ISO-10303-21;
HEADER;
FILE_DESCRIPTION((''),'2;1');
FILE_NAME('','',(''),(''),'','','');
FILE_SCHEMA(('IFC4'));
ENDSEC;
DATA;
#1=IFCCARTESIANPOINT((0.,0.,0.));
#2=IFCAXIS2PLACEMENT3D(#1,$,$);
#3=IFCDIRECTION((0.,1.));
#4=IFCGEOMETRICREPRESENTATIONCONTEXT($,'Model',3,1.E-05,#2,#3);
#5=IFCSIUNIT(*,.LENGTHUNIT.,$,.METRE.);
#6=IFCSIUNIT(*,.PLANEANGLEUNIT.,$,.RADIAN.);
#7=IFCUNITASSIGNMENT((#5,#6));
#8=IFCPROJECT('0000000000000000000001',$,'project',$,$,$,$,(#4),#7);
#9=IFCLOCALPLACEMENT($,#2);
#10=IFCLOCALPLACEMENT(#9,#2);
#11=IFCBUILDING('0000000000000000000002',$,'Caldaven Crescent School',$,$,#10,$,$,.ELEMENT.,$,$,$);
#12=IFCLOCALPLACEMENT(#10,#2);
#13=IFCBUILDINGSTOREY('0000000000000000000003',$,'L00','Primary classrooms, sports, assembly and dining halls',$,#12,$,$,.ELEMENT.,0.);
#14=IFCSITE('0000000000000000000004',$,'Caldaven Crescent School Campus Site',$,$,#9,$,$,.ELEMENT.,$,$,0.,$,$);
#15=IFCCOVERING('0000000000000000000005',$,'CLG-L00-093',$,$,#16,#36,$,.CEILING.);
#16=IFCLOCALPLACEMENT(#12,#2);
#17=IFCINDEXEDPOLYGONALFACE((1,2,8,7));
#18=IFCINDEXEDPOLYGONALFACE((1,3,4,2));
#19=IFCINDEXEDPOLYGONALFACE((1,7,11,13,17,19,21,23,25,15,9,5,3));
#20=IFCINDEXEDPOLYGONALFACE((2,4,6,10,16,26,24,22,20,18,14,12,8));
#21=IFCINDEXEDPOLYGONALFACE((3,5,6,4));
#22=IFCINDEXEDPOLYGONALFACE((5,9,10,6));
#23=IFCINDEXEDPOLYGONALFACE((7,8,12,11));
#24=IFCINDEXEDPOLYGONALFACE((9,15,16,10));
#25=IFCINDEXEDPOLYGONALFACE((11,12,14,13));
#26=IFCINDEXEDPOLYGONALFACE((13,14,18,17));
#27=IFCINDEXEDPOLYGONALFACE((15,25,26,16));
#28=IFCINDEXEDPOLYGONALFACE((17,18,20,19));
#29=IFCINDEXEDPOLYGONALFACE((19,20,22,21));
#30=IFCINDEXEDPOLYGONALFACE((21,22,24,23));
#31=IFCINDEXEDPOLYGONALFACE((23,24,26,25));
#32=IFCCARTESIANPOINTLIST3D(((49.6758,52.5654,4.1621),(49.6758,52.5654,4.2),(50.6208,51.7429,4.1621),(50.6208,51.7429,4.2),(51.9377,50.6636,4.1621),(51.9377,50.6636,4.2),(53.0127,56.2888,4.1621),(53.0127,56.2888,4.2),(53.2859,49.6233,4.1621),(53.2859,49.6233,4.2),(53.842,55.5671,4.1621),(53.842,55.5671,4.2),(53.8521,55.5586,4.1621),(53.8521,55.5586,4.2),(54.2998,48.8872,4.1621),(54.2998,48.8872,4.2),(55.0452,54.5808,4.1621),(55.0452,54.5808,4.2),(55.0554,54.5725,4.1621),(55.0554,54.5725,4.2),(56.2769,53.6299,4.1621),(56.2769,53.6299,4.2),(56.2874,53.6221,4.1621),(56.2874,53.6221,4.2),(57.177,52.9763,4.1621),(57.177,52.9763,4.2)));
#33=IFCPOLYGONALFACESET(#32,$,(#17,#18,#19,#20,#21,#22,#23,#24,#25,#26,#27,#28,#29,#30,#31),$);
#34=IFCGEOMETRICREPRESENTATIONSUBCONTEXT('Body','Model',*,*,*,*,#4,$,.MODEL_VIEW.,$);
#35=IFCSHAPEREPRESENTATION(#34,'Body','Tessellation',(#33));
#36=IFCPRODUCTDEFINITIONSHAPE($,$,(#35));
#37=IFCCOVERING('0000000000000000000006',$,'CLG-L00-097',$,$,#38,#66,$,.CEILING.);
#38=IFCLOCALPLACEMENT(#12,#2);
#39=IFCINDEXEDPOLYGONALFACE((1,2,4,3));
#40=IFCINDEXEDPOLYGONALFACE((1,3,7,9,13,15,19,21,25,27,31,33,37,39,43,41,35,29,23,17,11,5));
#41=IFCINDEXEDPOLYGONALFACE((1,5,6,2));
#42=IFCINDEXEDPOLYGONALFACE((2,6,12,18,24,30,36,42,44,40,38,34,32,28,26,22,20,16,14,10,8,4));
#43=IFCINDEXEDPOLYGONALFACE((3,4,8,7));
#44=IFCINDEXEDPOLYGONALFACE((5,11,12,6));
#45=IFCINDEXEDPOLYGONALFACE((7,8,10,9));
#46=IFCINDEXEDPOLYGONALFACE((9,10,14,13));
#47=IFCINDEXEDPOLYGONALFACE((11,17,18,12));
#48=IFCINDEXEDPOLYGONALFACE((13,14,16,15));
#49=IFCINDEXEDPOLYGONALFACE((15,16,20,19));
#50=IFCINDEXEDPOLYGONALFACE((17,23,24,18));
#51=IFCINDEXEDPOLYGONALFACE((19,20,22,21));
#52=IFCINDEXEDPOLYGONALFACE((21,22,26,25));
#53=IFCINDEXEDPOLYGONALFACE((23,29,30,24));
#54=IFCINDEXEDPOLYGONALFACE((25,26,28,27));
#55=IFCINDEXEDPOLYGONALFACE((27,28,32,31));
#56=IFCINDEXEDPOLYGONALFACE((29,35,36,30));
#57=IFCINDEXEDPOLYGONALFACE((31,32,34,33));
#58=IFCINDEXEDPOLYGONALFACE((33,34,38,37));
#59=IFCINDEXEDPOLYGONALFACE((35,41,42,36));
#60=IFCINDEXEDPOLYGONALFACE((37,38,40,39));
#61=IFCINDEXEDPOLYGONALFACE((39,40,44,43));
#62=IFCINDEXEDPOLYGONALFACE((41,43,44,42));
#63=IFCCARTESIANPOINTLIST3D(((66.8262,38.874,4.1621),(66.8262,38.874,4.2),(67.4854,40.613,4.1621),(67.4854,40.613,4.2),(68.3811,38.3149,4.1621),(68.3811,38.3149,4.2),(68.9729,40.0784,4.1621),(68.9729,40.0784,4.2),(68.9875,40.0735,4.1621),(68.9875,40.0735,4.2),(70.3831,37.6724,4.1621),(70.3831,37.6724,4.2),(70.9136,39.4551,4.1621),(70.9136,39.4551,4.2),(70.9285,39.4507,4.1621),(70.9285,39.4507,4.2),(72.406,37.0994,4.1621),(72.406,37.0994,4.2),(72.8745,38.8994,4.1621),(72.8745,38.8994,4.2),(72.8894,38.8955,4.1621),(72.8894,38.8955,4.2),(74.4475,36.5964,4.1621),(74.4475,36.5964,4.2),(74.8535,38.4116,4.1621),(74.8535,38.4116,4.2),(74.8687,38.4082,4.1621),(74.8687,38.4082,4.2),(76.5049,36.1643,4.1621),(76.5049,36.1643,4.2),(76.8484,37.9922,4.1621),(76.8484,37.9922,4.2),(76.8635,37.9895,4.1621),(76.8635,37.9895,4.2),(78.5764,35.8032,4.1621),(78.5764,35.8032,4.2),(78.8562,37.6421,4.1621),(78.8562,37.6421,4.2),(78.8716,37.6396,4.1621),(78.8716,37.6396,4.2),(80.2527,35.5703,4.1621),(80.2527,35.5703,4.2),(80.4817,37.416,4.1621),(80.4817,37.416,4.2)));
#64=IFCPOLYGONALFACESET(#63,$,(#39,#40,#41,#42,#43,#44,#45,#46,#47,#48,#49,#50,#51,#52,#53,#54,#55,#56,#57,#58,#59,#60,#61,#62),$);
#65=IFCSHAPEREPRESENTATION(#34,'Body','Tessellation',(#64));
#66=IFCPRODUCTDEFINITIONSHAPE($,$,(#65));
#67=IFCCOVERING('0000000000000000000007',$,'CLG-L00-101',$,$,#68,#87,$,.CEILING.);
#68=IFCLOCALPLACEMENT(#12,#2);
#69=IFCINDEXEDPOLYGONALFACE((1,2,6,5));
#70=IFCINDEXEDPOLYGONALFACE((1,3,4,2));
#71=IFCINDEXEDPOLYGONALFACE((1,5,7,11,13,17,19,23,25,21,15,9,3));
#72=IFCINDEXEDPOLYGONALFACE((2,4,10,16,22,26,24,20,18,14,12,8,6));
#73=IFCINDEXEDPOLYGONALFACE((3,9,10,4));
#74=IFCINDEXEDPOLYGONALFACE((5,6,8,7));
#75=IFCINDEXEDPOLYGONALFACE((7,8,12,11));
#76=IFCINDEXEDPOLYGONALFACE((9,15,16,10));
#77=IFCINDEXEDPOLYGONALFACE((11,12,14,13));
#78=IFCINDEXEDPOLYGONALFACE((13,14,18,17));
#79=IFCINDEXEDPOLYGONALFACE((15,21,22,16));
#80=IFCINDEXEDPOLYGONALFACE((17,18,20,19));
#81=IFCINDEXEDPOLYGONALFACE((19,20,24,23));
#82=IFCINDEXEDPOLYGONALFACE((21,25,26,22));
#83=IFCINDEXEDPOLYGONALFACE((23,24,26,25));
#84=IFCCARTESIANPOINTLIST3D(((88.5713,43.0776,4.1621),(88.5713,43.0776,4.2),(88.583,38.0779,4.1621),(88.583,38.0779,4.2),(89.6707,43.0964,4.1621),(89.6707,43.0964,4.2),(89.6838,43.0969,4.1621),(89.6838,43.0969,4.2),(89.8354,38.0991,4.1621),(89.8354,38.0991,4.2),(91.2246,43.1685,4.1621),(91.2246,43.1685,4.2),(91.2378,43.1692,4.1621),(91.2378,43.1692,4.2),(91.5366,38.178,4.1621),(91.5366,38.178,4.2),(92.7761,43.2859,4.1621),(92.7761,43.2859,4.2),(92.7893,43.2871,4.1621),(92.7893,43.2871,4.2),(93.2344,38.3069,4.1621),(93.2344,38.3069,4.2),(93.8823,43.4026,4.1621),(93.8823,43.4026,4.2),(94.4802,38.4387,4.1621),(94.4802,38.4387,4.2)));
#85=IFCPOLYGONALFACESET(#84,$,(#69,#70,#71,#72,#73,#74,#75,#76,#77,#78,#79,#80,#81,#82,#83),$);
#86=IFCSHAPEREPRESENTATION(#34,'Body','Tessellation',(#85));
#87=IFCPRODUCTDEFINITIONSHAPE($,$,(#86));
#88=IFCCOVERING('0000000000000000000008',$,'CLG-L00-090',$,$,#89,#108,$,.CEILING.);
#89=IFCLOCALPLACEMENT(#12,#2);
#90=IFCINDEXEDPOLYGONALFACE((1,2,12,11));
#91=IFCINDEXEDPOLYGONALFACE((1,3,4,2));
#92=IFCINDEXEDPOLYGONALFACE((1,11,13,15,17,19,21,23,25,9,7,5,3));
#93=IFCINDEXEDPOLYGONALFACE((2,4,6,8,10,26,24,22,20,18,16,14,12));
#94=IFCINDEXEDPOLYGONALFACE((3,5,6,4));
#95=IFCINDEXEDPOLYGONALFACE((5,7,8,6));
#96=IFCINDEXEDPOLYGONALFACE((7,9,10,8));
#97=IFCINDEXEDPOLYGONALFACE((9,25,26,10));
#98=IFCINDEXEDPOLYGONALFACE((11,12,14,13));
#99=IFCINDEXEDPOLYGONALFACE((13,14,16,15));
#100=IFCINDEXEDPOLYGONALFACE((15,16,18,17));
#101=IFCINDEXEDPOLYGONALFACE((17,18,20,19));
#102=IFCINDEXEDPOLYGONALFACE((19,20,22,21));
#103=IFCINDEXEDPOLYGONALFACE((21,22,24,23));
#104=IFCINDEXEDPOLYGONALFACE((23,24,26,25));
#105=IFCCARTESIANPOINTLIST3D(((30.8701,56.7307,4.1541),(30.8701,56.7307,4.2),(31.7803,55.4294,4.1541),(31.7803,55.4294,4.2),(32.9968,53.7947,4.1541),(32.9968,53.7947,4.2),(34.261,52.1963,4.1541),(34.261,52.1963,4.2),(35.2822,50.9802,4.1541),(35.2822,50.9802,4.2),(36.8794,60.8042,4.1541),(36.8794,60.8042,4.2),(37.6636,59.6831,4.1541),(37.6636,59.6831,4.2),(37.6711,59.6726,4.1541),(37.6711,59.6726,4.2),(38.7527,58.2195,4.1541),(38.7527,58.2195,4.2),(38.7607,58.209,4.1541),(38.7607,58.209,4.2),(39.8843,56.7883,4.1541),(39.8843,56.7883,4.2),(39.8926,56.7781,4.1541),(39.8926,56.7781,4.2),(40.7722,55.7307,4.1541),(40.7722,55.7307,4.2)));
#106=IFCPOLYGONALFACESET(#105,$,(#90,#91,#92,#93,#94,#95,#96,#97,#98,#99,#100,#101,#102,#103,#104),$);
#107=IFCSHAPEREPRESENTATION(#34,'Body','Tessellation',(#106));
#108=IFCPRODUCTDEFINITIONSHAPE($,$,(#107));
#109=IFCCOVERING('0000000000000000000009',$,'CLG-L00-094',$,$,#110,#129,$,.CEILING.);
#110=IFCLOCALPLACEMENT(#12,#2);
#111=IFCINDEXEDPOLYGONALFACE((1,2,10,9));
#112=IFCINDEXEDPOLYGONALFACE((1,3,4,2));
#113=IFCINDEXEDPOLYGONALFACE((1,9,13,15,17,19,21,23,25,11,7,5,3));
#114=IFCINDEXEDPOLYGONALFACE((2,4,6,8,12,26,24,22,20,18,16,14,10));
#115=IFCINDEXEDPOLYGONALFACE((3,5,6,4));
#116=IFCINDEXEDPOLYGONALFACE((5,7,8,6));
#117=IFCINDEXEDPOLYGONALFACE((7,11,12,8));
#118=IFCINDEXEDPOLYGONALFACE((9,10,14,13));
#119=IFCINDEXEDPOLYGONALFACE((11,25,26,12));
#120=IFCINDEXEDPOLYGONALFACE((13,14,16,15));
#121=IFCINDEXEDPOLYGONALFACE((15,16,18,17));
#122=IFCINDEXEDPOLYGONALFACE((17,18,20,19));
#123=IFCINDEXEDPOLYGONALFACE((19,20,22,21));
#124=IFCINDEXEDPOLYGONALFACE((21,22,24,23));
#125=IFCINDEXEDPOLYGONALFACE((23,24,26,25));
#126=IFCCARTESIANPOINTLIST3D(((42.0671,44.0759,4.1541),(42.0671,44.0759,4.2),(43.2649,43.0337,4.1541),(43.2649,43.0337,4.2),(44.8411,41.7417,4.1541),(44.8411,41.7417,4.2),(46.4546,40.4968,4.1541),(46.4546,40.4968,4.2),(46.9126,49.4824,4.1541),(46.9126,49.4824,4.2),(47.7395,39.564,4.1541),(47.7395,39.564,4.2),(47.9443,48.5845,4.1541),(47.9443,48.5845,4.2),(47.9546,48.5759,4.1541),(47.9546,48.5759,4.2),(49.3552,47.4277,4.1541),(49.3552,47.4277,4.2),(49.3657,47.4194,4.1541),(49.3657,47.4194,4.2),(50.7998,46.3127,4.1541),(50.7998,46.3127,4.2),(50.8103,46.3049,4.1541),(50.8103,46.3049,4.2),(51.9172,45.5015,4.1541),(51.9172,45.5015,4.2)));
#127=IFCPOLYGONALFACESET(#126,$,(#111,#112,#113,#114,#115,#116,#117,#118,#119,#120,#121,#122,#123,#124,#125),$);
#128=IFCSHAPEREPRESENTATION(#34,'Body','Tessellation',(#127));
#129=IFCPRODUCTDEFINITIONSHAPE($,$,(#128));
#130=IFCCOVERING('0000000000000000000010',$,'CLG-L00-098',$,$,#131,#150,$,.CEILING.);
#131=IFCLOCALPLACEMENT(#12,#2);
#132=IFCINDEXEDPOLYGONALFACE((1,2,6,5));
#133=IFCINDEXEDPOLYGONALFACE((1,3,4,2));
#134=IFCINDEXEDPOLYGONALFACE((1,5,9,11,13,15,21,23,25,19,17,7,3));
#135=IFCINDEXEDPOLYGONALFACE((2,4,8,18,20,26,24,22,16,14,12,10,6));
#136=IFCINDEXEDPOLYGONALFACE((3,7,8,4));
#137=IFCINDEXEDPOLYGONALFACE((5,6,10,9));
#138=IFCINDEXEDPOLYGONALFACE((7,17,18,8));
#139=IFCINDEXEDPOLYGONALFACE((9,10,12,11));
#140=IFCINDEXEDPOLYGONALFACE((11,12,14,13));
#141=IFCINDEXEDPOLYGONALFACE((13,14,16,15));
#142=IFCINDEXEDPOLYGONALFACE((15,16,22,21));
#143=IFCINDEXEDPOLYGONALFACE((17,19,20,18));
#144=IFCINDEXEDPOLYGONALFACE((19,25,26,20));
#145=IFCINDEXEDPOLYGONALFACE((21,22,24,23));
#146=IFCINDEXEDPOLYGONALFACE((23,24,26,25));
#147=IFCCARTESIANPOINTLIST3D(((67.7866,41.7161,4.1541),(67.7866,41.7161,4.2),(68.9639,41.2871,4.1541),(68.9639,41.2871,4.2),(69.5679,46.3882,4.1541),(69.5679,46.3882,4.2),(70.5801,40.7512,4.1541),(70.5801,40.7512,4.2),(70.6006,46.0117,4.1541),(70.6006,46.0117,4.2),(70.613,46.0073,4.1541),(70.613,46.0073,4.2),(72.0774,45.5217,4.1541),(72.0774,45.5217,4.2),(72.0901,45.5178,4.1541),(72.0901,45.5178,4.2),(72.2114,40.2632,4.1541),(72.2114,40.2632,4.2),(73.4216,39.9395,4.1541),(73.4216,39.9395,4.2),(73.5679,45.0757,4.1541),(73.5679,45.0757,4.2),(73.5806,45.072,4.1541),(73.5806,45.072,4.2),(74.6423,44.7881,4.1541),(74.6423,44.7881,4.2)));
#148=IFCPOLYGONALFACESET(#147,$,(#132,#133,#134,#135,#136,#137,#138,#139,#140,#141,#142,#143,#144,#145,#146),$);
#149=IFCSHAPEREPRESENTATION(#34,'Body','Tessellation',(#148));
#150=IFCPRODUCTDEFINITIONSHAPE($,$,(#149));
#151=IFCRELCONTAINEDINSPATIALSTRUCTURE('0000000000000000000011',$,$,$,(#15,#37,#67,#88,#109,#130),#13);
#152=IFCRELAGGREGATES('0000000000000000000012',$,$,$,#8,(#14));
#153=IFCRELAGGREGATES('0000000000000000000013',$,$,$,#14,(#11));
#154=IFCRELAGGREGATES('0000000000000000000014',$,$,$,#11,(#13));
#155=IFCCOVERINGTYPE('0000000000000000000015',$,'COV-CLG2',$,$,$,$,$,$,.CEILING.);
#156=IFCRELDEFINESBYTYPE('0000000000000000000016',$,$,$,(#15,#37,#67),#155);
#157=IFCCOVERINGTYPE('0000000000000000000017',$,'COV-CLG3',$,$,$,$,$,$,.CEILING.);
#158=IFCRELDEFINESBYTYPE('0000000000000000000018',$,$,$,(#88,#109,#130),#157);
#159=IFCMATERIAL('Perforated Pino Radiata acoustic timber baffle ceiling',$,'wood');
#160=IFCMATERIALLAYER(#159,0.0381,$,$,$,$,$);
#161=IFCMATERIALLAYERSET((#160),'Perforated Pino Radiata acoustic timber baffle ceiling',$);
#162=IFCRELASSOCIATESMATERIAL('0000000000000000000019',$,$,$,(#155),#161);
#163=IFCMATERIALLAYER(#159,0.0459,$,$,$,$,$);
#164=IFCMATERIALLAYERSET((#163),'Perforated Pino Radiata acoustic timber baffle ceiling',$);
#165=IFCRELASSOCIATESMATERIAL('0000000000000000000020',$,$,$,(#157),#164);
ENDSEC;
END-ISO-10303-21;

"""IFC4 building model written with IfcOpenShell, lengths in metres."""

from ifc_helpers import new_model, si_unit, direction, frame, origin, place, context, subcontext, project, spatial, polyline, outline, extrude, material, layer, layer_set, type_object, element, save


model = new_model("IFC4")

# Units and contexts
model_context = context("Model", 3, precision=1e-05, world=origin(), true_north=direction((0.0, 1.0)))
body_context = subcontext(model_context, "Body", "Model", "MODEL_VIEW")
ifc_project = project(units=[si_unit("LENGTHUNIT", "METRE"), si_unit("PLANEANGLEUNIT", "RADIAN")], contexts=[model_context])

# Site, building, storey
site_placement = place(None, origin())
site = spatial("IfcSite", under=ifc_project, at=site_placement, Name="Caldaven Crescent School Campus Site", CompositionType="ELEMENT", RefElevation=0.0)
building_placement = place(site_placement, origin())
building = spatial("IfcBuilding", under=site, at=building_placement, Name="Caldaven Crescent School", CompositionType="ELEMENT")
storey_placement = place(building_placement, origin())
storey = spatial("IfcBuildingStorey", under=building, at=storey_placement, Name="L00", Description="Primary classrooms, sports, assembly and dining halls", CompositionType="ELEMENT", Elevation=0.0)

# Coverings
ifc_material_1 = material(Name="Perforated Pino Radiata acoustic timber baffle ceiling", Category="wood")
ifc_layer_1 = layer(ifc_material_1, 0.0381)
ifc_layer_set_1 = layer_set([ifc_layer_1], Name="Perforated Pino Radiata acoustic timber baffle ceiling")
covering_type_1 = type_object("IfcCoveringType", Name="COV-CLG2", PredefinedType="CEILING", material=ifc_layer_set_1)
covering_1_placement = place(storey_placement, frame((0.0, 0.0, 4.1621)))
element("IfcCovering", 1, at=covering_1_placement, inside=storey, type_object=covering_type_1, Name="CLG-L00-093", PredefinedType="CEILING", context=body_context, shape_type="SweptSolid", body=[
    extrude(outline(polyline([(53.842, 55.5671), (53.8521, 55.5586), (55.0452, 54.5808), (55.0554, 54.5725), (56.2769, 53.6299), (56.2874, 53.6221), (57.177, 52.9763), (54.2998, 48.8872), (53.2859, 49.6233), (51.9377, 50.6636), (50.6208, 51.7429), (49.6758, 52.5654), (53.0127, 56.2888), (53.842, 55.5671)])), origin(), (0.0, 0.0, 1.0), 0.0378),
])
covering_2_placement = place(storey_placement, frame((0.0, 0.0, 4.1621)))
element("IfcCovering", 2, at=covering_2_placement, inside=storey, type_object=covering_type_1, Name="CLG-L00-097", PredefinedType="CEILING", context=body_context, shape_type="SweptSolid", body=[
    extrude(outline(polyline([(68.9729, 40.0784), (68.9875, 40.0735), (70.9136, 39.4551), (70.9285, 39.4507), (72.8745, 38.8994), (72.8894, 38.8955), (74.8535, 38.4116), (74.8687, 38.4082), (76.8484, 37.9922), (76.8635, 37.9895), (78.8562, 37.6421), (78.8716, 37.6396), (80.4817, 37.416), (80.2527, 35.5703), (78.5764, 35.8032), (76.5049, 36.1643), (74.4475, 36.5964), (72.406, 37.0994), (70.3831, 37.6724), (68.3811, 38.3149), (66.8262, 38.874), (67.4854, 40.613), (68.9729, 40.0784)])), origin(), (0.0, 0.0, 1.0), 0.0378),
])
covering_3_placement = place(storey_placement, frame((0.0, 0.0, 4.1621)))
element("IfcCovering", 3, at=covering_3_placement, inside=storey, type_object=covering_type_1, Name="CLG-L00-101", PredefinedType="CEILING", context=body_context, shape_type="SweptSolid", body=[
    extrude(outline(polyline([(89.6707, 43.0964), (89.6838, 43.0969), (91.2246, 43.1685), (91.2378, 43.1692), (92.7761, 43.2859), (92.7893, 43.2871), (93.8823, 43.4026), (94.4802, 38.4387), (93.2344, 38.3069), (91.5366, 38.178), (89.8354, 38.0991), (88.583, 38.0779), (88.5713, 43.0776), (89.6707, 43.0964)])), origin(), (0.0, 0.0, 1.0), 0.0378),
])
ifc_layer_2 = layer(ifc_material_1, 0.0459)
ifc_layer_set_2 = layer_set([ifc_layer_2], Name="Perforated Pino Radiata acoustic timber baffle ceiling")
covering_type_2 = type_object("IfcCoveringType", Name="COV-CLG3", PredefinedType="CEILING", material=ifc_layer_set_2)
covering_4_placement = place(storey_placement, frame((0.0, 0.0, 4.1541)))
element("IfcCovering", 4, at=covering_4_placement, inside=storey, type_object=covering_type_2, Name="CLG-L00-090", PredefinedType="CEILING", context=body_context, shape_type="SweptSolid", body=[
    extrude(outline(polyline([(37.6636, 59.6831), (37.6711, 59.6726), (38.7527, 58.2195), (38.7607, 58.209), (39.8843, 56.7883), (39.8926, 56.7781), (40.7722, 55.7307), (35.2822, 50.9802), (34.261, 52.1963), (32.9968, 53.7947), (31.7803, 55.4294), (30.8701, 56.7307), (36.8794, 60.8042), (37.6636, 59.6831)])), origin(), (0.0, 0.0, 1.0), 0.0459),
])
covering_5_placement = place(storey_placement, frame((0.0, 0.0, 4.1541)))
element("IfcCovering", 5, at=covering_5_placement, inside=storey, type_object=covering_type_2, Name="CLG-L00-094", PredefinedType="CEILING", context=body_context, shape_type="SweptSolid", body=[
    extrude(outline(polyline([(47.9443, 48.5845), (47.9546, 48.5759), (49.3552, 47.4277), (49.3657, 47.4194), (50.7998, 46.3127), (50.8103, 46.3049), (51.9172, 45.5015), (47.7395, 39.564), (46.4546, 40.4968), (44.8411, 41.7417), (43.2649, 43.0337), (42.0671, 44.0759), (46.9126, 49.4824), (47.9443, 48.5845)])), origin(), (0.0, 0.0, 1.0), 0.0459),
])
covering_6_placement = place(storey_placement, frame((0.0, 0.0, 4.1541)))
element("IfcCovering", 6, at=covering_6_placement, inside=storey, type_object=covering_type_2, Name="CLG-L00-098", PredefinedType="CEILING", context=body_context, shape_type="SweptSolid", body=[
    extrude(outline(polyline([(70.6006, 46.0117), (70.613, 46.0073), (72.0774, 45.5217), (72.0901, 45.5178), (73.5679, 45.0757), (73.5806, 45.072), (74.6423, 44.7881), (73.4216, 39.9395), (72.2114, 40.2632), (70.5801, 40.7512), (68.9639, 41.2871), (67.7866, 41.7161), (69.5679, 46.3882), (70.6006, 46.0117)])), origin(), (0.0, 0.0, 1.0), 0.0459),
])

save(model, "model.ifc")
